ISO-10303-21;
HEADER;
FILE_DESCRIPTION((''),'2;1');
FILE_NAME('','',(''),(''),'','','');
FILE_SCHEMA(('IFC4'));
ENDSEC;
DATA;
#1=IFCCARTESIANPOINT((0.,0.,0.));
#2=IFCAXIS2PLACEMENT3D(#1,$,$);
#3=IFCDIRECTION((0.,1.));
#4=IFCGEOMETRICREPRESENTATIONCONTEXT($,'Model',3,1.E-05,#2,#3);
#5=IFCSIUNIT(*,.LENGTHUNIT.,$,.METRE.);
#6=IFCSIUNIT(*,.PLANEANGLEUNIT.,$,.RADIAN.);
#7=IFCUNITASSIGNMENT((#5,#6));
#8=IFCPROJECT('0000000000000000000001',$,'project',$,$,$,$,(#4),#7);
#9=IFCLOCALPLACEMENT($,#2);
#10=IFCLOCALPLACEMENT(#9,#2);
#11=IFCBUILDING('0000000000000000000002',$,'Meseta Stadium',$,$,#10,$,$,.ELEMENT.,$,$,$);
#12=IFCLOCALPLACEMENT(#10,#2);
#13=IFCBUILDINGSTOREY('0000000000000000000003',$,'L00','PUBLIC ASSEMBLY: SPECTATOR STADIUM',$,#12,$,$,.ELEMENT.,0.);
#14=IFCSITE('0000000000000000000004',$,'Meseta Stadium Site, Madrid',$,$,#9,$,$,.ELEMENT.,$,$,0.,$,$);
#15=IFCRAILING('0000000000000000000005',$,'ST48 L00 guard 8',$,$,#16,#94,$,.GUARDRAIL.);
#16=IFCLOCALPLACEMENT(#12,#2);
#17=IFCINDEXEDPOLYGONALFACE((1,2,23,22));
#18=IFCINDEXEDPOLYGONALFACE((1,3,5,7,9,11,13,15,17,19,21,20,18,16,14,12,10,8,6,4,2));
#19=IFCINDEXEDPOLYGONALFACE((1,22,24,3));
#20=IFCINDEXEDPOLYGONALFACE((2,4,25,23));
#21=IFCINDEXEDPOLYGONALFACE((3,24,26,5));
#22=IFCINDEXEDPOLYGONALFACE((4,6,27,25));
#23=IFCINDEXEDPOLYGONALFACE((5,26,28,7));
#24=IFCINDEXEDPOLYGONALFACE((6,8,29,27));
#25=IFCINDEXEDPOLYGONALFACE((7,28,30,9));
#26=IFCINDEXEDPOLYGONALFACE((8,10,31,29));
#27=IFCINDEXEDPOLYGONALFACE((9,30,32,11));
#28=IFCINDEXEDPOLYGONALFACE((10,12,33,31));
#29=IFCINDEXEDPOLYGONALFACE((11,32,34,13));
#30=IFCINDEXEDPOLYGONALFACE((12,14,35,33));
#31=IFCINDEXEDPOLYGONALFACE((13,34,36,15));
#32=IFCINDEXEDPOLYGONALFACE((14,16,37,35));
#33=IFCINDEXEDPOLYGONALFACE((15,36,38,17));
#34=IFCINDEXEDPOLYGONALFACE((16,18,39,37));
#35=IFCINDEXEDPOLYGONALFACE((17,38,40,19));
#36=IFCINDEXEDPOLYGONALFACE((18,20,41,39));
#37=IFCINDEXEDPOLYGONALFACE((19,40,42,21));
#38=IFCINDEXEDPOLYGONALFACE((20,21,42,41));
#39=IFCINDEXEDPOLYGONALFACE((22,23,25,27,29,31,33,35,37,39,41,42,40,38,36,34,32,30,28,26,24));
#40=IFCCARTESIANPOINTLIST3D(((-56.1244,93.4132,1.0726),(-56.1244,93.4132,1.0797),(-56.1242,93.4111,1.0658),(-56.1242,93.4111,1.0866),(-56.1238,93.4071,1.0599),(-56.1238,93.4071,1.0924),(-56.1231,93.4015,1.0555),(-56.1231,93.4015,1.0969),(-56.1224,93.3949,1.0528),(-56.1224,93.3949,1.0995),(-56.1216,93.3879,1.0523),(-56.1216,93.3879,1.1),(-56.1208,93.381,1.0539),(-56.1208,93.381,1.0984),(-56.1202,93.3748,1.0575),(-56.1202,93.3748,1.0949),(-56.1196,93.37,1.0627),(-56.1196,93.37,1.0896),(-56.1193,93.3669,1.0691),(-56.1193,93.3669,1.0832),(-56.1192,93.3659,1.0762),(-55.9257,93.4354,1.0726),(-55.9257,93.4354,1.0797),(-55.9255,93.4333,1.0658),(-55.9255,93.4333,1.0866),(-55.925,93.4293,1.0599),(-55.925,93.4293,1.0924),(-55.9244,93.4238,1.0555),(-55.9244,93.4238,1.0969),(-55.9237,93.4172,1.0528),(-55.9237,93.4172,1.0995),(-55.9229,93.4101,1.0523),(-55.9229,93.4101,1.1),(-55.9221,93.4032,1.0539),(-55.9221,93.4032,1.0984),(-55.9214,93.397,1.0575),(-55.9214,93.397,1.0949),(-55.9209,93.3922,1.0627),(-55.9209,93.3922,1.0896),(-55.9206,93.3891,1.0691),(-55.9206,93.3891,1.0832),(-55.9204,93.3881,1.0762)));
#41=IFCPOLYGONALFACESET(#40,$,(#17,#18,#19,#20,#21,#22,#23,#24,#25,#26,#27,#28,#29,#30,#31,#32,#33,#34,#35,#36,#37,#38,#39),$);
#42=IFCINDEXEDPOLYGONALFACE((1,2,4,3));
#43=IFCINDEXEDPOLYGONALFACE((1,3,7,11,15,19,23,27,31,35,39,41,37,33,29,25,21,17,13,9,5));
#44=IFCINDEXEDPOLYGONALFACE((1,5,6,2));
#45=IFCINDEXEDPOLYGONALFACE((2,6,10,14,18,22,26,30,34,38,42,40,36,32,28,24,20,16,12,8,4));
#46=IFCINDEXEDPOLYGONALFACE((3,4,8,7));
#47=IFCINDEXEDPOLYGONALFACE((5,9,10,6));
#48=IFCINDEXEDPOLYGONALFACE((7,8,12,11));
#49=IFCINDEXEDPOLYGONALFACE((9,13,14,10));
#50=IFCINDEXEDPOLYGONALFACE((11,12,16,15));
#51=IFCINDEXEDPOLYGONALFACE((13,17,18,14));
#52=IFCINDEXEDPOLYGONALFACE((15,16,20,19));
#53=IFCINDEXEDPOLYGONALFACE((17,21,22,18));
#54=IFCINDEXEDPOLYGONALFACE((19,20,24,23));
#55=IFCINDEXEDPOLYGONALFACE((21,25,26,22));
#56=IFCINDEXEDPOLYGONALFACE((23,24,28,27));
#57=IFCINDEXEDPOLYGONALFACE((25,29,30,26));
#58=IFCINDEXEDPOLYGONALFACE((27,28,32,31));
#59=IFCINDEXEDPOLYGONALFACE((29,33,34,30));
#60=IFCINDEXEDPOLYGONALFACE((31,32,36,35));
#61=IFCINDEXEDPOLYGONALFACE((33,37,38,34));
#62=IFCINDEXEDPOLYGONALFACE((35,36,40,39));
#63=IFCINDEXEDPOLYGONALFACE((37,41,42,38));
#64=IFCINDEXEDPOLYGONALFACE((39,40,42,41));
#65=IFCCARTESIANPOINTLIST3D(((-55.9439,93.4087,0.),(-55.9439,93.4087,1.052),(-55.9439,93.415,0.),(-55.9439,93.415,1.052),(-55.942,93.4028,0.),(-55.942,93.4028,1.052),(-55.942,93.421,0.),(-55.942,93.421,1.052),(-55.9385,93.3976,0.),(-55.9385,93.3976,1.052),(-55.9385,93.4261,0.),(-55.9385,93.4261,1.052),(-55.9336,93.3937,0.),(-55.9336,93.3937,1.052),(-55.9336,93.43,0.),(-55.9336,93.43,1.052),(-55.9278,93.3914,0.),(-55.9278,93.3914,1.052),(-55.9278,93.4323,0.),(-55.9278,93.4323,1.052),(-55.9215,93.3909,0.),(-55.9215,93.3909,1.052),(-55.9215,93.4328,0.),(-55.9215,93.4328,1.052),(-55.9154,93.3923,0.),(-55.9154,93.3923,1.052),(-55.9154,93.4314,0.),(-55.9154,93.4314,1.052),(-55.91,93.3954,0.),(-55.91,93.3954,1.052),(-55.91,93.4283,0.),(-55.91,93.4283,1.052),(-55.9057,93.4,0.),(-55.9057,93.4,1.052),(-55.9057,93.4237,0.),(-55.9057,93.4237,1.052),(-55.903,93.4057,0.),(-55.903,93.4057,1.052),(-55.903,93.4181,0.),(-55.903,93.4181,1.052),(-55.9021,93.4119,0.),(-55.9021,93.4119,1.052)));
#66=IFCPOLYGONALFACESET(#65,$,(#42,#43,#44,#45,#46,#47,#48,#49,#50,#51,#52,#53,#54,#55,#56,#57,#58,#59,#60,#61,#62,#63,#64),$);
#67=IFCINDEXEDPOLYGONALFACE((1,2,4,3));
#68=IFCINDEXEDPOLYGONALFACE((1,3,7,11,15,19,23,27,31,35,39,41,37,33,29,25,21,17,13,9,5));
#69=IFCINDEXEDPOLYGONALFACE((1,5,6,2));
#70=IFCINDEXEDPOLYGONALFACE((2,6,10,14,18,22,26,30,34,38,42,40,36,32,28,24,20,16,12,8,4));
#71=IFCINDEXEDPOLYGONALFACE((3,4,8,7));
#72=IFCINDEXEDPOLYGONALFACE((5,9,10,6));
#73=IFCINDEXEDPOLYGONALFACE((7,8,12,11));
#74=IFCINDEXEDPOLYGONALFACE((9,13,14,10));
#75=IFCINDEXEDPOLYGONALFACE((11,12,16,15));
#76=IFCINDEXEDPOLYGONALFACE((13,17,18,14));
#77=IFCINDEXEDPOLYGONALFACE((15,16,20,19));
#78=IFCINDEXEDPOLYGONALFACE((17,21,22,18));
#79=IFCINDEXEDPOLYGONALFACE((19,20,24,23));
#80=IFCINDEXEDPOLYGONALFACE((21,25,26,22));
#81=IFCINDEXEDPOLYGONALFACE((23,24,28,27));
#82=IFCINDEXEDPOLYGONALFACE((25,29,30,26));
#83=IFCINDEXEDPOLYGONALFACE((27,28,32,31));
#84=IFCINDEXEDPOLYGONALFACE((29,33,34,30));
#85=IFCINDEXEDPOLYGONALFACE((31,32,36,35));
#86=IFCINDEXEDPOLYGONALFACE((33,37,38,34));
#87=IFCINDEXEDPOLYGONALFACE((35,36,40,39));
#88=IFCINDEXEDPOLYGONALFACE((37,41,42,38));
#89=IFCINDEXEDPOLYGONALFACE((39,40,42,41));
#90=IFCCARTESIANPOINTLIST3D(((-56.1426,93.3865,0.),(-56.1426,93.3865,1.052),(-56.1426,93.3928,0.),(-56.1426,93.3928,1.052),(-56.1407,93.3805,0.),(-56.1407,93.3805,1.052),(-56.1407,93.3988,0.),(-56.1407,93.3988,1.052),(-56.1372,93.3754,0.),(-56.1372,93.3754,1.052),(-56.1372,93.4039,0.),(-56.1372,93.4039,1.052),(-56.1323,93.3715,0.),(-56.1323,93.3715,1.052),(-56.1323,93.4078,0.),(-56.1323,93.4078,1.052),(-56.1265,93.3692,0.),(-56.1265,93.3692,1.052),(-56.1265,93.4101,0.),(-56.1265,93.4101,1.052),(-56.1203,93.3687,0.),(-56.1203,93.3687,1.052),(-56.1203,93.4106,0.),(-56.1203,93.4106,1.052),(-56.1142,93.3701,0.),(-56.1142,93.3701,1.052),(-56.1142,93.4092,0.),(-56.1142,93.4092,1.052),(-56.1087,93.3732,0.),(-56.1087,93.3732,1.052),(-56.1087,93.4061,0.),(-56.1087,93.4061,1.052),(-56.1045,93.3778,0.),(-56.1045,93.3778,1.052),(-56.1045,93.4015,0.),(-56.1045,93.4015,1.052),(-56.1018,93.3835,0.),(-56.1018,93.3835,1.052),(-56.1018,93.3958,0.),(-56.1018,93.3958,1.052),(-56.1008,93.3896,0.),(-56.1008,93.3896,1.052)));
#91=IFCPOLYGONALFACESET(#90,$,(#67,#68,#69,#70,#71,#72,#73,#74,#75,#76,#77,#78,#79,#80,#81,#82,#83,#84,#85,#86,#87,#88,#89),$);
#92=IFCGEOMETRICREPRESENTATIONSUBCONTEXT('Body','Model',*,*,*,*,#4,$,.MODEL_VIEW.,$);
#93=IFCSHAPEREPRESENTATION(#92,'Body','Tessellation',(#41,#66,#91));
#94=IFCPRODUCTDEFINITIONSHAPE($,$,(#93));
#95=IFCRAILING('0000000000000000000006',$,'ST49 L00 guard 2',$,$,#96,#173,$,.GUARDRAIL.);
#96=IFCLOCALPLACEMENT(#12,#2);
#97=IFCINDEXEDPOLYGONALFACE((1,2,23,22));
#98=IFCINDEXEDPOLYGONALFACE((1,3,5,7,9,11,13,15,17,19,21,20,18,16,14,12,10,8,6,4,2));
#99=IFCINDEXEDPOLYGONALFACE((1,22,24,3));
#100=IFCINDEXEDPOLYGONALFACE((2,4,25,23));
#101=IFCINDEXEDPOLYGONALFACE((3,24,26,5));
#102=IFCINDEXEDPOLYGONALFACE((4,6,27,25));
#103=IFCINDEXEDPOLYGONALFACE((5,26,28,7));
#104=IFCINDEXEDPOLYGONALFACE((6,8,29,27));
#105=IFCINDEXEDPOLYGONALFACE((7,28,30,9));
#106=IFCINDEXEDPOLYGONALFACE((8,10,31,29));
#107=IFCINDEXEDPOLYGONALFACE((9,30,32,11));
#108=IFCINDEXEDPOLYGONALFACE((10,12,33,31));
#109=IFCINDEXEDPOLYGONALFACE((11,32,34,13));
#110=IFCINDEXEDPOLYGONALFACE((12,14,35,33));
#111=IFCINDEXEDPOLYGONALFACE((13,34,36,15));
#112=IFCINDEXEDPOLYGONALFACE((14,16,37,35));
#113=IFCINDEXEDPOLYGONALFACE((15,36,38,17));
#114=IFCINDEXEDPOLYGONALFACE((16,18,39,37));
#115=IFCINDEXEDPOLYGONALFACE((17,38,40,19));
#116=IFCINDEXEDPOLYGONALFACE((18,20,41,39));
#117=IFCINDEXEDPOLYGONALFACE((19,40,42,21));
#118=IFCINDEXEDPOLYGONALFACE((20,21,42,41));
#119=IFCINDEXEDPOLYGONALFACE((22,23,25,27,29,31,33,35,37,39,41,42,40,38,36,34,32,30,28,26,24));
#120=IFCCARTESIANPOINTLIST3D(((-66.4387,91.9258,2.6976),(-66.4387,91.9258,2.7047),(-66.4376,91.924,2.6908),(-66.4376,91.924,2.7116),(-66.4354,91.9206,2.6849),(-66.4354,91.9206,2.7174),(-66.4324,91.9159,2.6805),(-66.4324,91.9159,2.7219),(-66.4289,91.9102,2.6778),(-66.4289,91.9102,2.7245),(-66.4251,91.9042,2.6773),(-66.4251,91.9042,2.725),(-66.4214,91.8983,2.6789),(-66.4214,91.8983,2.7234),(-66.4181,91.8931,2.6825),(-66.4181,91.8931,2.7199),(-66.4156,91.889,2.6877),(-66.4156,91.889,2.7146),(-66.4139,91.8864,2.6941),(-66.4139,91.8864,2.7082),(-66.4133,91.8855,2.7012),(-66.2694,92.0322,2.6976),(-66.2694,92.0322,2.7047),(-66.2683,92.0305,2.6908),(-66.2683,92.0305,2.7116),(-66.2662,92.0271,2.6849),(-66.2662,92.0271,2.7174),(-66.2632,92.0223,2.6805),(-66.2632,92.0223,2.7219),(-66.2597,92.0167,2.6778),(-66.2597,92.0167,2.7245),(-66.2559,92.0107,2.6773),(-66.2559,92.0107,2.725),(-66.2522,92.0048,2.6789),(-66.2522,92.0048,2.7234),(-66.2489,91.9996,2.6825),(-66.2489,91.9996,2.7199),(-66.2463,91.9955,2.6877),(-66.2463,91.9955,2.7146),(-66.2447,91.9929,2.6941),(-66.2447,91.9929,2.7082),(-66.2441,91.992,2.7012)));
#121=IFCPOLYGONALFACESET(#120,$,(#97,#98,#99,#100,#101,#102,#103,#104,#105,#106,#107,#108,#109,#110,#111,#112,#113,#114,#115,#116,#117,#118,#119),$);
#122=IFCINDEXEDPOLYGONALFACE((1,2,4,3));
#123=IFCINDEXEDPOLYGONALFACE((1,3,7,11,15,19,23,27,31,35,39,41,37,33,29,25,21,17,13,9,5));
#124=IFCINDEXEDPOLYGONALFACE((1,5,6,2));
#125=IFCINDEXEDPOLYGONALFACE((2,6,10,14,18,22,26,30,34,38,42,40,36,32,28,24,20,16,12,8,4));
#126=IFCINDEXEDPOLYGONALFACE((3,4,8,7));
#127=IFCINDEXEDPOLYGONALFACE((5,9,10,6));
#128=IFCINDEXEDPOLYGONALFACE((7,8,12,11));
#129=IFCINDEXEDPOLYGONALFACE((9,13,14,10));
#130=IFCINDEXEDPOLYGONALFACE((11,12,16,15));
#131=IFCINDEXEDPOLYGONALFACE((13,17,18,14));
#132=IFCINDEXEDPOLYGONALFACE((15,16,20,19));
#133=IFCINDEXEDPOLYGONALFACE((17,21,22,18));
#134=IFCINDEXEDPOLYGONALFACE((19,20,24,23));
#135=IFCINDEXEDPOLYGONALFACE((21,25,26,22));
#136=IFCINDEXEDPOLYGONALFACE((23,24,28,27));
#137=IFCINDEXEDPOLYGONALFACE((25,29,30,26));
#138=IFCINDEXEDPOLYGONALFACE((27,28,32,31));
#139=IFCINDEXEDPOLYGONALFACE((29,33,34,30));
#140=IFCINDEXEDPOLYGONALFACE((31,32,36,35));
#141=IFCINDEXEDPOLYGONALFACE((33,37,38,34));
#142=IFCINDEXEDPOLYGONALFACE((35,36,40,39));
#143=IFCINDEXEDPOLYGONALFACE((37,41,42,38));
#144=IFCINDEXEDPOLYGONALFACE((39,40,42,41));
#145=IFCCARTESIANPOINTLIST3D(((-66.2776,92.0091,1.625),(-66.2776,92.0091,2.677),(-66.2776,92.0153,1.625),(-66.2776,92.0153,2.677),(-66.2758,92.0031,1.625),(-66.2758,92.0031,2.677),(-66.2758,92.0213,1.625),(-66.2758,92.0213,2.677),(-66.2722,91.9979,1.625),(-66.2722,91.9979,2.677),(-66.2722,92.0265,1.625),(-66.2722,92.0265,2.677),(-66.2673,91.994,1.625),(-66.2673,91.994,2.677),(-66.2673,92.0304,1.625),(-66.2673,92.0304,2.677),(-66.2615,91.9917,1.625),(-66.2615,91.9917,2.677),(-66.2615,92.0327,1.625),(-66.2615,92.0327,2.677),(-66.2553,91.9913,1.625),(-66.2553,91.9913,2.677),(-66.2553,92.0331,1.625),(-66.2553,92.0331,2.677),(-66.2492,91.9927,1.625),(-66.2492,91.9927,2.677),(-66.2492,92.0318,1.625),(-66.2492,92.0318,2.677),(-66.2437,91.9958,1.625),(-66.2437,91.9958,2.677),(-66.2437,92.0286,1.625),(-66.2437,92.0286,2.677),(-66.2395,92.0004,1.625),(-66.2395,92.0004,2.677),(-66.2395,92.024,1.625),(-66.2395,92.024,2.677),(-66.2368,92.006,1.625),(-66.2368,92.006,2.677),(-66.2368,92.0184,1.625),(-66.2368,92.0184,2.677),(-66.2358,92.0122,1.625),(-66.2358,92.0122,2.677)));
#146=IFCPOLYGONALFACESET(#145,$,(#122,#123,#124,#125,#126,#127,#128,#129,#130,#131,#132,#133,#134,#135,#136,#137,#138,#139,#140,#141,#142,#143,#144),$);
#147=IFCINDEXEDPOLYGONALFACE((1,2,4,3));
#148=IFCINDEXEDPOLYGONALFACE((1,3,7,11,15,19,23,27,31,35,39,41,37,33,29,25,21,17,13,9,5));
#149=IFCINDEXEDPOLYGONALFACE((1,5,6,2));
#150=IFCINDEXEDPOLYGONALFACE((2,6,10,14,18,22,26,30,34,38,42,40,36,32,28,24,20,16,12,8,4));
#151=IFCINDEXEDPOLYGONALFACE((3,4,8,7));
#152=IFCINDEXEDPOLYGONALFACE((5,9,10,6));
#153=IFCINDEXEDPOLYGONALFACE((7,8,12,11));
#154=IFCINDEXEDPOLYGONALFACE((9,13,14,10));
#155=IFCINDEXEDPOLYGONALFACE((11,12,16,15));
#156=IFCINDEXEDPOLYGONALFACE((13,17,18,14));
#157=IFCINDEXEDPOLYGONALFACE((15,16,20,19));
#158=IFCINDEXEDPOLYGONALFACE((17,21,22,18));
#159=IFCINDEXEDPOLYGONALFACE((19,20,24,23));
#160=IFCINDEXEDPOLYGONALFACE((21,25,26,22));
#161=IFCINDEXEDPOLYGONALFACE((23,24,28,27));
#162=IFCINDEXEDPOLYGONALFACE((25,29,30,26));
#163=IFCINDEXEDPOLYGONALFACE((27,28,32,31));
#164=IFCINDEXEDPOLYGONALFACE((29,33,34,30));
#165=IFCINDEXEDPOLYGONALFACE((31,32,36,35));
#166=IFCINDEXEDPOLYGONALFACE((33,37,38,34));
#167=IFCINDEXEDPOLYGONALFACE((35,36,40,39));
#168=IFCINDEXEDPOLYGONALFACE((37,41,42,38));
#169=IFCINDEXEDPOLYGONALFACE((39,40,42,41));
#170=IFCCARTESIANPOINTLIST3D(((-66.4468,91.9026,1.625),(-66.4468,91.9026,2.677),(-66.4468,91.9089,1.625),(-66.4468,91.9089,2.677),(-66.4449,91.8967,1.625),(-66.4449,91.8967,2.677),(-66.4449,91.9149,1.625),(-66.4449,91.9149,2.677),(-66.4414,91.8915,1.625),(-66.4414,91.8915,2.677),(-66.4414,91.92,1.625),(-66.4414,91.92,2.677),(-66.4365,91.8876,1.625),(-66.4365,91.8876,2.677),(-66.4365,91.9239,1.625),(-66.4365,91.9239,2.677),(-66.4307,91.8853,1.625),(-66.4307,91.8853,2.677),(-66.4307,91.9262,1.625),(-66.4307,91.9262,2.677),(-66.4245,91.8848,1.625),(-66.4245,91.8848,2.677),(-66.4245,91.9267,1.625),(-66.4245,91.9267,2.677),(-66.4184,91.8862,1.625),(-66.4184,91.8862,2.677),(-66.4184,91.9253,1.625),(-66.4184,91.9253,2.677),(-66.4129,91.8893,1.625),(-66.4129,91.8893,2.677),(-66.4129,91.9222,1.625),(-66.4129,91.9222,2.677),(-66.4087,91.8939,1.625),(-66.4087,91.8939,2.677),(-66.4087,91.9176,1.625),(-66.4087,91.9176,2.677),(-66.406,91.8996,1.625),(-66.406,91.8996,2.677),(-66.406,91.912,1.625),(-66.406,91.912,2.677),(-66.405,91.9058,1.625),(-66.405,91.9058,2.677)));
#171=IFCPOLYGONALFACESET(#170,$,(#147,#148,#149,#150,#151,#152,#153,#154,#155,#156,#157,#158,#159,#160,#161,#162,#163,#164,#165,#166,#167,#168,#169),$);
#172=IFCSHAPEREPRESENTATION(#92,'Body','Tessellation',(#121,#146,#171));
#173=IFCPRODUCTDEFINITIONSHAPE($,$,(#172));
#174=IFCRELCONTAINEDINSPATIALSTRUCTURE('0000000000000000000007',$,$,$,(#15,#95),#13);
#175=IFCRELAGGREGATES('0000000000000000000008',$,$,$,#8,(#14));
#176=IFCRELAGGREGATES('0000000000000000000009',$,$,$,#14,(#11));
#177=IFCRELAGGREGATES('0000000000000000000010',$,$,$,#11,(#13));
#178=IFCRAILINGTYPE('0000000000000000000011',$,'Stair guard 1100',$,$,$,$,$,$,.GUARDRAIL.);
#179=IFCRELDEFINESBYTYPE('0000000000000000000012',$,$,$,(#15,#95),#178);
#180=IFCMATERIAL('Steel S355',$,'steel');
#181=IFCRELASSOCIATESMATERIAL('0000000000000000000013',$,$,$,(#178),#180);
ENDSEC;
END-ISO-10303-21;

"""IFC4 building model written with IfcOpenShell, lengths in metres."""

from ifc_helpers import new_model, si_unit, direction, frame, origin, origin_2d, place, context, subcontext, project, spatial, circle, extrude, material, type_object, element, save


model = new_model("IFC4")

# Units and contexts
model_context = context("Model", 3, precision=1e-05, world=origin(), true_north=direction((0.0, 1.0)))
body_context = subcontext(model_context, "Body", "Model", "MODEL_VIEW")
ifc_project = project(units=[si_unit("LENGTHUNIT", "METRE"), si_unit("PLANEANGLEUNIT", "RADIAN")], contexts=[model_context])

# Site, building, storey
site_placement = place(None, origin())
site = spatial("IfcSite", under=ifc_project, at=site_placement, Name="Meseta Stadium Site, Madrid", CompositionType="ELEMENT", RefElevation=0.0)
building_placement = place(site_placement, origin())
building = spatial("IfcBuilding", under=site, at=building_placement, Name="Meseta Stadium", CompositionType="ELEMENT")
storey_placement = place(building_placement, origin())
storey = spatial("IfcBuildingStorey", under=building, at=storey_placement, Name="L00", Description="PUBLIC ASSEMBLY: SPECTATOR STADIUM", CompositionType="ELEMENT", Elevation=0.0)

# Railings
ifc_material_1 = material(Name="Steel S355", Category="steel")
railing_type_1 = type_object("IfcRailingType", Name="Stair guard 1100", PredefinedType="GUARDRAIL", material=ifc_material_1)
railing_1_placement = place(storey_placement, frame((-55.9231, 93.4119, 0.0)))
element("IfcRailing", 1, at=railing_1_placement, inside=storey, type_object=railing_type_1, Name="ST48 L00 guard 8", PredefinedType="GUARDRAIL", context=body_context, shape_type="SweptSolid", body=[
    extrude(circle(Radius=0.0239, at=origin_2d()), frame((0.0, 0.0, 1.0762), z_axis=(-0.993809, -0.111102, 0.0), x_axis=(0.111102, -0.993809, 0.0)), (0.0, 0.0, 1.0), 0.2),
    extrude(circle(Radius=0.021, at=origin_2d()), origin(), (0.0, 0.0, 1.0), 1.052),
    extrude(circle(Radius=0.021, at=origin_2d()), frame((-0.1987, -0.0222, 0.0)), (0.0, 0.0, 1.0), 1.052),
])
for number, where, name in (
    (2, (-66.2568, 92.0122, 1.625), "ST49 L00 guard 2"),
):
    element("IfcRailing", number, at=place(storey_placement, frame(where)), inside=storey, type_object=railing_type_1, Name=name, PredefinedType="GUARDRAIL", context=body_context, shape_type="SweptSolid", body=[
        extrude(circle(Radius=0.0239, at=origin_2d()), frame((0.0, 0.0, 1.0762), z_axis=(-0.846416, -0.532522, 0.0), x_axis=(0.532522, -0.846416, 0.0)), (0.0, 0.0, 1.0), 0.2),
        extrude(circle(Radius=0.021, at=origin_2d()), origin(), (0.0, 0.0, 1.0), 1.052),
        extrude(circle(Radius=0.021, at=origin_2d()), frame((-0.1692, -0.1064, 0.0)), (0.0, 0.0, 1.0), 1.052),
    ])

save(model, "model.ifc")
